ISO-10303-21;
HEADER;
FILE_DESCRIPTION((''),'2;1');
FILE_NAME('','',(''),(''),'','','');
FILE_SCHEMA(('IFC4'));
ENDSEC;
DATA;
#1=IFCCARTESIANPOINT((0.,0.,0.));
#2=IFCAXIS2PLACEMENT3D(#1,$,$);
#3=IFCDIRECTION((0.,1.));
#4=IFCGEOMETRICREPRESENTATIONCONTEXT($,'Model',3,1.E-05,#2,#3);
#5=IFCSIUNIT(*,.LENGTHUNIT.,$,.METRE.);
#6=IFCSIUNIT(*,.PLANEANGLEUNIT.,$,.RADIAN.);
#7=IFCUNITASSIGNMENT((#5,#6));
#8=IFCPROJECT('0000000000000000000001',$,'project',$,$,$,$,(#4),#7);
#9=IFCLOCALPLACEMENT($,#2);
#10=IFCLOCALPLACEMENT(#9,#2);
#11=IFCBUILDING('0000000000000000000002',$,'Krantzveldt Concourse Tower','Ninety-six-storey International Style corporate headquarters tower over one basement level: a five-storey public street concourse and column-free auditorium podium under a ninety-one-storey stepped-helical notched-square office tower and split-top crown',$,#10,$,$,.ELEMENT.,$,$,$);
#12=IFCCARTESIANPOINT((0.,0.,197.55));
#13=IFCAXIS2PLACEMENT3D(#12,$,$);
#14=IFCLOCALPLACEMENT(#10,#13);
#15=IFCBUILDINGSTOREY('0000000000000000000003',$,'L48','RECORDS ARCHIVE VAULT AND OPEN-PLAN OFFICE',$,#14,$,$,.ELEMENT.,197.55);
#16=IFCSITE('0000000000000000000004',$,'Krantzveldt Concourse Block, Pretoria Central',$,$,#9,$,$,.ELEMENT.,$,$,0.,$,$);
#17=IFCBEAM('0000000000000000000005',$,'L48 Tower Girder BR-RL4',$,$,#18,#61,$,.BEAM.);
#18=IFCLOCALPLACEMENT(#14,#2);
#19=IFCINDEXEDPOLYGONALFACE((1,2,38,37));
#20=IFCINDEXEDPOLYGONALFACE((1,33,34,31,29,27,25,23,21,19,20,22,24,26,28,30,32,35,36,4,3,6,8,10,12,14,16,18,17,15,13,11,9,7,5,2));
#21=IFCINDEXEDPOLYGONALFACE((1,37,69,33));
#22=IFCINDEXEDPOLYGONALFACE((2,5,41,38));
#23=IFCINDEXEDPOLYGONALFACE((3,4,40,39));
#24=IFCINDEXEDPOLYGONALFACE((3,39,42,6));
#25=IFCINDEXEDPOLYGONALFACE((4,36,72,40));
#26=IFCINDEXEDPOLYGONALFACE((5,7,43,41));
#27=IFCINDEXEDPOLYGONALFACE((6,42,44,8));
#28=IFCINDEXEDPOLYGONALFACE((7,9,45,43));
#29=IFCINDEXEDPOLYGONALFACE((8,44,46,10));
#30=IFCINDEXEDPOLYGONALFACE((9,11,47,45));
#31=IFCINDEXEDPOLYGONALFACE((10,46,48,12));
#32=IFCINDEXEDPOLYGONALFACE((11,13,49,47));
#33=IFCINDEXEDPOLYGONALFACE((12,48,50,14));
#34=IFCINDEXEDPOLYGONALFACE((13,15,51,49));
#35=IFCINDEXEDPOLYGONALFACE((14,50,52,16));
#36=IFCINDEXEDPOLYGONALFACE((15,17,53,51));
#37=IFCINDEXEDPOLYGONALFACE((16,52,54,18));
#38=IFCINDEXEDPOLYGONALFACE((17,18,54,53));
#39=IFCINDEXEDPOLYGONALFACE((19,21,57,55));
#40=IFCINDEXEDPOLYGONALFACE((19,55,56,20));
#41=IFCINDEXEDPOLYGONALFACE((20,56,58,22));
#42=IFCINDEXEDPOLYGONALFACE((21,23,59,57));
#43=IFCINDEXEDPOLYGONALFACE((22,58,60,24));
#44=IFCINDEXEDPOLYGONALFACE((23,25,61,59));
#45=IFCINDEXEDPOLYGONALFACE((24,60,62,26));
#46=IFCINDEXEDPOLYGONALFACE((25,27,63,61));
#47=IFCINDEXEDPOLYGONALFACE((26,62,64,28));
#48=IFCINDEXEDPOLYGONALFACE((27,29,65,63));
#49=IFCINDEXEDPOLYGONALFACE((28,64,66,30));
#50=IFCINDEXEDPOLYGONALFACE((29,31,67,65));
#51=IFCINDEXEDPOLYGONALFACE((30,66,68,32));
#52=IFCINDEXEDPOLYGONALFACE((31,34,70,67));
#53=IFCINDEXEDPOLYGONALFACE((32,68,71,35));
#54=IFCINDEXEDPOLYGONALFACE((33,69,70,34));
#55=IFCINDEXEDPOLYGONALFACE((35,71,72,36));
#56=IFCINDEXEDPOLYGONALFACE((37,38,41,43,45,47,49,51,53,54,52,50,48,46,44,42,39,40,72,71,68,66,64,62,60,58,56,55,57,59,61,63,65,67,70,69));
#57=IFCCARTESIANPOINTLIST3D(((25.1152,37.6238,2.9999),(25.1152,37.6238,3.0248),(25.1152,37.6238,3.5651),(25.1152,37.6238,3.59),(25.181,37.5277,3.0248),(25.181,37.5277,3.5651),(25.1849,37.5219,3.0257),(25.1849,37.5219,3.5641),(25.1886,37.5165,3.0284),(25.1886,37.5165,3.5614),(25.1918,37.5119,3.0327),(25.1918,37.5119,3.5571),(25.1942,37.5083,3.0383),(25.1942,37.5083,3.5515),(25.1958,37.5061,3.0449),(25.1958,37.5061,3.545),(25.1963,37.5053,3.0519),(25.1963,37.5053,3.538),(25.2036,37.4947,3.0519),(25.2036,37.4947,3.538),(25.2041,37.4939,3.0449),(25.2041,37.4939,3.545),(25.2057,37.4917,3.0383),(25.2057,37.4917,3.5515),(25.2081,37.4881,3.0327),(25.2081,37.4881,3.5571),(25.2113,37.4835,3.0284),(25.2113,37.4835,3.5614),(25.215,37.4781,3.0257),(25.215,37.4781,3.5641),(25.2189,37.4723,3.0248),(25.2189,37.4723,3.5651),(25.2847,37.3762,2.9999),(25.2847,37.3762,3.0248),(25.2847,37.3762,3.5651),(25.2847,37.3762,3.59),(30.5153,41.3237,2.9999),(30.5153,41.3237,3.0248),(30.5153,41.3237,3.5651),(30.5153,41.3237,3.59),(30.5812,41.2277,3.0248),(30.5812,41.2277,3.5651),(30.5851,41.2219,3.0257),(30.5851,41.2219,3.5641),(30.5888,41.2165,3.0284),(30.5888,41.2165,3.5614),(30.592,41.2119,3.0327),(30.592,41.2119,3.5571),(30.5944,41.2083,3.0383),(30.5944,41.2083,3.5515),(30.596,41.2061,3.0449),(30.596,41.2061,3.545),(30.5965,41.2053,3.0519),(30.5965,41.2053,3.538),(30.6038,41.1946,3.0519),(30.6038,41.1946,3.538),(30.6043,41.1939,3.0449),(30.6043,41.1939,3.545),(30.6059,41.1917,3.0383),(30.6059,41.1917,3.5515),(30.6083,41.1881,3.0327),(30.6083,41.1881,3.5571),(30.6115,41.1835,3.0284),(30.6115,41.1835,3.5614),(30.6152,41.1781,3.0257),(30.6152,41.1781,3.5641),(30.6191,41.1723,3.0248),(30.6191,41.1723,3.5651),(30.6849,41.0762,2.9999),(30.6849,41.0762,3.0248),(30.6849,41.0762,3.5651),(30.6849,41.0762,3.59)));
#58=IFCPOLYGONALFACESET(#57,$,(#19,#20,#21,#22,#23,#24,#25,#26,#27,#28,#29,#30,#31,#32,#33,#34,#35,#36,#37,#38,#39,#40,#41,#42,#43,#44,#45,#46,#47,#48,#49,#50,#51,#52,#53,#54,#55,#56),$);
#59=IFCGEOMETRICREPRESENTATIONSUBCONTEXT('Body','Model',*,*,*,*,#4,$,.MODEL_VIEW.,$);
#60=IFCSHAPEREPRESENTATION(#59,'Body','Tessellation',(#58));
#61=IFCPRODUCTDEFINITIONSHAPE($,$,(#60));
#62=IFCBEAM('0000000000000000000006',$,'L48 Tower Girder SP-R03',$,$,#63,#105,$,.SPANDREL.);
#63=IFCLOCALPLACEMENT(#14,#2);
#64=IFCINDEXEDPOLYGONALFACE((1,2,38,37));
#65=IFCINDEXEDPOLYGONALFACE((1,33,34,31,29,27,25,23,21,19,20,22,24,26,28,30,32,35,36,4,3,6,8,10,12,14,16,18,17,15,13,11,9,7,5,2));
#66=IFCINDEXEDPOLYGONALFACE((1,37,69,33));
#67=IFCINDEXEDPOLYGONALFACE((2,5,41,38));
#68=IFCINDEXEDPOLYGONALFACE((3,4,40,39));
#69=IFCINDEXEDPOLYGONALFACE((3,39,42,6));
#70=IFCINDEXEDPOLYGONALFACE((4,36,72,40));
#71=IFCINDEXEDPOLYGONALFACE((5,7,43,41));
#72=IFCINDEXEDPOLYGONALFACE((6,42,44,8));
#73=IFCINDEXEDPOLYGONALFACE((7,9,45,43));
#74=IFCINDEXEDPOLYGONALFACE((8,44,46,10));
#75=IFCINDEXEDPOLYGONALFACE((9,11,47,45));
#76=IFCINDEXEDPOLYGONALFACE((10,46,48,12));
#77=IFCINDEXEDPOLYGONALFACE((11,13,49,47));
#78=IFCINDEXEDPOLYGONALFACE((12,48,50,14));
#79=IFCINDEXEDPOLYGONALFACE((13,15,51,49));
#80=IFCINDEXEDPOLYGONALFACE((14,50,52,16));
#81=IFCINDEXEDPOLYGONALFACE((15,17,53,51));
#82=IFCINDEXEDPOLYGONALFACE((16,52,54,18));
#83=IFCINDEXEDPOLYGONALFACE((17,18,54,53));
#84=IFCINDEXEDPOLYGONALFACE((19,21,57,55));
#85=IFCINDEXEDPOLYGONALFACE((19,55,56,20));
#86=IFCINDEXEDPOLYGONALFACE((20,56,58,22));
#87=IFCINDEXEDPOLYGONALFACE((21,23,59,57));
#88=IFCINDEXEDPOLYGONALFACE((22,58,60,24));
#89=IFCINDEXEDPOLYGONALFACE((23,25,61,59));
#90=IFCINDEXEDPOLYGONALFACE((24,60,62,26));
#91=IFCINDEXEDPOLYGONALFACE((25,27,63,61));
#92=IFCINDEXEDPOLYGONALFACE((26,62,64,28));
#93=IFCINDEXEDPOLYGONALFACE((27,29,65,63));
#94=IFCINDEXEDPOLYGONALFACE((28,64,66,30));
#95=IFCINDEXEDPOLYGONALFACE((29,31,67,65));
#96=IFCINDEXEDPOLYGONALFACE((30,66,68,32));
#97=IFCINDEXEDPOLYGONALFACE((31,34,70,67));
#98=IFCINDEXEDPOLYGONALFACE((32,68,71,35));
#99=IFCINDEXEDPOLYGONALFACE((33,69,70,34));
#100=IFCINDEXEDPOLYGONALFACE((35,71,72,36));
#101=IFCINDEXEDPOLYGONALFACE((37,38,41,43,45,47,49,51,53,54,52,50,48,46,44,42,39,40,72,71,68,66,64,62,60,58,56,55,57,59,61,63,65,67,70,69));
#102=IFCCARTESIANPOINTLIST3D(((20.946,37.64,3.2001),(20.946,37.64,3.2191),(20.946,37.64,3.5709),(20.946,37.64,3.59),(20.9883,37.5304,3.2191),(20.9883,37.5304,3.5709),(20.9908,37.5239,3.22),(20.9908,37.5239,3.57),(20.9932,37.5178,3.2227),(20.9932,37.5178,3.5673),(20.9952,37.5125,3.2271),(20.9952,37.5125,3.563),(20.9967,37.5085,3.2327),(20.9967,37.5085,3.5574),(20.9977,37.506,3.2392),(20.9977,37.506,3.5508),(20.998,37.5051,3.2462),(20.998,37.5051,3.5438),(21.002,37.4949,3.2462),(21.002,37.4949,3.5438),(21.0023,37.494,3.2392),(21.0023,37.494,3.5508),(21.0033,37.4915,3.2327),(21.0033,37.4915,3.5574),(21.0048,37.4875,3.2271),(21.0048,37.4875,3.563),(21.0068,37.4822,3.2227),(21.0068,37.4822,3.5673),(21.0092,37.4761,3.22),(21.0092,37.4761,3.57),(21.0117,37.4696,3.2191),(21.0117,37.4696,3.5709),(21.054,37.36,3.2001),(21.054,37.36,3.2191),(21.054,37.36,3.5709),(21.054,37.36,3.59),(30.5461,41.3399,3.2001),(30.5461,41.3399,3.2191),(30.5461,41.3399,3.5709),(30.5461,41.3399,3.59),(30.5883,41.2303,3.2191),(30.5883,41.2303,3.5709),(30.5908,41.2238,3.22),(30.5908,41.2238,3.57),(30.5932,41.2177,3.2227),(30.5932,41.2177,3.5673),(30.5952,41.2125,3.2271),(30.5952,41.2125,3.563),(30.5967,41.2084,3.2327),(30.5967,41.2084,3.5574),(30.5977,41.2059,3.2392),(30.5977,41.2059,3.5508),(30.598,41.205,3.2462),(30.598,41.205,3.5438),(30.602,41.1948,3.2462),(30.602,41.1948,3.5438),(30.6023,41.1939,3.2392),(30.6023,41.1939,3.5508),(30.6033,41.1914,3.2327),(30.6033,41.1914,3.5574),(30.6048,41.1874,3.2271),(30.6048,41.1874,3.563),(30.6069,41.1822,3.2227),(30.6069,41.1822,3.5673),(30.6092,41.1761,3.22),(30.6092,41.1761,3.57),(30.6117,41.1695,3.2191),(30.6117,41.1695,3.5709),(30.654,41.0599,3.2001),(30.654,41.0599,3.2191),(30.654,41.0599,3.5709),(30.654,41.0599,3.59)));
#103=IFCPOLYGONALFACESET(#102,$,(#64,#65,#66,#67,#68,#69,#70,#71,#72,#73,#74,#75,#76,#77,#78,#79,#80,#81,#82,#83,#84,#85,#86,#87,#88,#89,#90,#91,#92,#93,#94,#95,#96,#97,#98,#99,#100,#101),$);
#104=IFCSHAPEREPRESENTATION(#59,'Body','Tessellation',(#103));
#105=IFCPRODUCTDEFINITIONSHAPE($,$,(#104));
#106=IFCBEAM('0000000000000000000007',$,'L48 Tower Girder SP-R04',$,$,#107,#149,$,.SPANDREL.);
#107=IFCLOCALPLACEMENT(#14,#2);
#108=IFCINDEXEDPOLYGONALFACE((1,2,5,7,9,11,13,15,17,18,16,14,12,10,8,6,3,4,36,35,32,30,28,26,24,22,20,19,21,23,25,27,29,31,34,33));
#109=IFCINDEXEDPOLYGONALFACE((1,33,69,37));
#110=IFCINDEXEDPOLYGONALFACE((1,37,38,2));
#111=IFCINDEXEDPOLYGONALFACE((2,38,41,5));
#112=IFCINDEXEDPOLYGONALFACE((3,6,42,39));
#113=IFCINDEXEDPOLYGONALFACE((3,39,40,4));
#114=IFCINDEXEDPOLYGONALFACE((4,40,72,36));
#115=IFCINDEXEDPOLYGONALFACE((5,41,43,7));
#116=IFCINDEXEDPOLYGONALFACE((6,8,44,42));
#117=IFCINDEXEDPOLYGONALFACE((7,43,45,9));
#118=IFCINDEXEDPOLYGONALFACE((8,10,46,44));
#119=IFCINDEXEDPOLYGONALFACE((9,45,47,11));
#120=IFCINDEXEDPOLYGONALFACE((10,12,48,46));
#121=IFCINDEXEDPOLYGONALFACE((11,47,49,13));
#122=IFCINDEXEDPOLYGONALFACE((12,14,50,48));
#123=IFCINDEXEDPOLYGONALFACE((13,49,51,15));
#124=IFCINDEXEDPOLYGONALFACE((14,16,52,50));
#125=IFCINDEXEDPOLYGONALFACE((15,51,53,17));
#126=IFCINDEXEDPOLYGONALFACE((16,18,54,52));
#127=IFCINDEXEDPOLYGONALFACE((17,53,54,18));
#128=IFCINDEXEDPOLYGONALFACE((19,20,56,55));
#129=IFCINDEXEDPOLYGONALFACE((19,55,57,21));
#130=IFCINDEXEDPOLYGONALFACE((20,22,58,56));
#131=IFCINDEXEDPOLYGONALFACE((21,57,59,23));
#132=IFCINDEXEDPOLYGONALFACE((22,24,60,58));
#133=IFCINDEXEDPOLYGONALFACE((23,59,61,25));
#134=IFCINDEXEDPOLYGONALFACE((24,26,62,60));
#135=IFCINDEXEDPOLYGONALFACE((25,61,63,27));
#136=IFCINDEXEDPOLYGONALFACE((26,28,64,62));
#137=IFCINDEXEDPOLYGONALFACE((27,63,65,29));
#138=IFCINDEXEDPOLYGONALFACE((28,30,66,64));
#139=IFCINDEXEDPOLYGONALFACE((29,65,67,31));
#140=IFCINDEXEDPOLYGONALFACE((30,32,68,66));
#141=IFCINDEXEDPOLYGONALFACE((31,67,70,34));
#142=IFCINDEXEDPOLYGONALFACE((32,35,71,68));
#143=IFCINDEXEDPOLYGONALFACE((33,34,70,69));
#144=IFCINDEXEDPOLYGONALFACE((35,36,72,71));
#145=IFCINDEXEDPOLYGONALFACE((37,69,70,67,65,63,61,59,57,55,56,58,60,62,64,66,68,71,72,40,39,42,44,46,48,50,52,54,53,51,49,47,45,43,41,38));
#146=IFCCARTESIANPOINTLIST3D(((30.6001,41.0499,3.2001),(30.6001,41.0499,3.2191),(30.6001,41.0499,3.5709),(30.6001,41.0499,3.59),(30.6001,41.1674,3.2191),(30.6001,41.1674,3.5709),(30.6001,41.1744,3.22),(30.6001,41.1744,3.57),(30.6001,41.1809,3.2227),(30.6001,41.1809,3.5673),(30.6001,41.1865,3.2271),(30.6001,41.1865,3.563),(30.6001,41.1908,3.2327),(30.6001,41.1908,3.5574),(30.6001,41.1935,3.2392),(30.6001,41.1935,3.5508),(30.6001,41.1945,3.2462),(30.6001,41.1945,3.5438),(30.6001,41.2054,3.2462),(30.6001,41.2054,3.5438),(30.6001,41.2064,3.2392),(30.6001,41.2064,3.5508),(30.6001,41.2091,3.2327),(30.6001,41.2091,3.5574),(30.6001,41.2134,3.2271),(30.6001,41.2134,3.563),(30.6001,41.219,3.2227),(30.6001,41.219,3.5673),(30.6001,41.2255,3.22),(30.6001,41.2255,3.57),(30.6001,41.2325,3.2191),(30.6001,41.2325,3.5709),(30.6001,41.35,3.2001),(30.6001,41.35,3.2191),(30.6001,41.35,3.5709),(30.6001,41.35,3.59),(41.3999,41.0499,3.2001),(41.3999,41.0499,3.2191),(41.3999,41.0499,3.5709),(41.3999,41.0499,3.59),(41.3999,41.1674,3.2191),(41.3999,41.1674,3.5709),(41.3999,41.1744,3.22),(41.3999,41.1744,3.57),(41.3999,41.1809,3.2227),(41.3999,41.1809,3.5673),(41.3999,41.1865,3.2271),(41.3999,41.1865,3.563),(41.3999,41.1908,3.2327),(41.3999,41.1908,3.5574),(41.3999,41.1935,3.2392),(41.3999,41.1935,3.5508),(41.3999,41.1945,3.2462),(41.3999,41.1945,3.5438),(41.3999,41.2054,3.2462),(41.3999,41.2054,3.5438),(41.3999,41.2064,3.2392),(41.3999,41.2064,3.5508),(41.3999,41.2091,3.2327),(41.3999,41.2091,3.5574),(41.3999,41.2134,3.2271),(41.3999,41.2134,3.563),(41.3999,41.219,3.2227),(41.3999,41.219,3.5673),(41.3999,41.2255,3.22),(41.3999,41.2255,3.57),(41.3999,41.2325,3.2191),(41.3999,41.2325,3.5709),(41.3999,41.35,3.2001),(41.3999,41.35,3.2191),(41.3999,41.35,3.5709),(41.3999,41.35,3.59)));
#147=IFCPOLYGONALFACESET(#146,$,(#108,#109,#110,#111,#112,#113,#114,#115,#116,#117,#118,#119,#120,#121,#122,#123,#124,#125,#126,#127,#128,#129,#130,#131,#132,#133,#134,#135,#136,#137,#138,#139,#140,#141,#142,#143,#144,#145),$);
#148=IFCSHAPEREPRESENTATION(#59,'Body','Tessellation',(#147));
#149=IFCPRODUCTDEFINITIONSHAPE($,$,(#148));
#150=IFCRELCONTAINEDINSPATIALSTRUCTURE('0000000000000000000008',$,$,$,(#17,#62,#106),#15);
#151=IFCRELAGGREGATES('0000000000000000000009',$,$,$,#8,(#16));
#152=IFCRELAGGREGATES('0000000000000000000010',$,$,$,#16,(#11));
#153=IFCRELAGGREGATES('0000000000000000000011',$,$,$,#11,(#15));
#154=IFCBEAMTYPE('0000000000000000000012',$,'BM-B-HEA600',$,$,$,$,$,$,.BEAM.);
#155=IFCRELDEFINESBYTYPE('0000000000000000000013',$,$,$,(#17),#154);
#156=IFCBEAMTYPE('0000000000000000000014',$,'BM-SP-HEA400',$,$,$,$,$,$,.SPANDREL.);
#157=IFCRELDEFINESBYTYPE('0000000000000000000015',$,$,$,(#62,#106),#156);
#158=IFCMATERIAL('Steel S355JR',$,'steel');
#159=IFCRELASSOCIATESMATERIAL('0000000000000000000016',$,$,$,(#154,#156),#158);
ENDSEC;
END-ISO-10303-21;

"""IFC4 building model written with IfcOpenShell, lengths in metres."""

from ifc_helpers import new_model, si_unit, direction, frame, origin, origin_2d, place, context, subcontext, project, spatial, i_section, extrude, source, transform, mapped, material, material_profile, profile_set, type_object, type_shapes, element, save


model = new_model("IFC4")

# Units and contexts
model_context = context("Model", 3, precision=1e-05, world=origin(), true_north=direction((0.0, 1.0)))
body_context = subcontext(model_context, "Body", "Model", "MODEL_VIEW")
ifc_project = project(units=[si_unit("LENGTHUNIT", "METRE"), si_unit("PLANEANGLEUNIT", "RADIAN")], contexts=[model_context])

# Site, building, storey
site_placement = place(None, origin())
site = spatial("IfcSite", under=ifc_project, at=site_placement, Name="Krantzveldt Concourse Block, Pretoria Central", CompositionType="ELEMENT", RefElevation=0.0)
building_placement = place(site_placement, origin())
building = spatial("IfcBuilding", under=site, at=building_placement, Name="Krantzveldt Concourse Tower", Description="Ninety-six-storey International Style corporate headquarters tower over one basement level: a five-storey public street concourse and column-free auditorium podium under a ninety-one-storey stepped-helical notched-square office tower and split-top crown", CompositionType="ELEMENT")
storey_placement = place(building_placement, frame((0.0, 0.0, 197.55)))
storey = spatial("IfcBuildingStorey", under=building, at=storey_placement, Name="L48", Description="RECORDS ARCHIVE VAULT AND OPEN-PLAN OFFICE", CompositionType="ELEMENT", Elevation=197.55)

# Beams
ifc_material_1 = material(Name="Steel S355JR", Category="steel")
ifc_material_profile_1 = material_profile(ifc_material_1, i_section(OverallWidth=0.3, OverallDepth=0.5901, WebThickness=0.0129, FlangeThickness=0.0249, FilletRadius=0.0271, at=origin_2d()), Name="Steel S355JR", Category="steel")
ifc_profile_set_1 = profile_set([ifc_material_profile_1], Name="Steel S355JR - HEA 600")
beam_type_1 = type_object("IfcBeamType", Name="BM-B-HEA600", PredefinedType="BEAM", material=ifc_profile_set_1)
shared_shape_1 = source(origin(), body_context, "Body", "SweptSolid", [
    extrude(i_section(OverallWidth=0.3, OverallDepth=0.5901, WebThickness=0.0129, FlangeThickness=0.0249, FilletRadius=0.0271, at=origin_2d()), origin(), (0.0, 0.0, 1.0), 6.5461),
])
beam_1_placement = place(storey_placement, frame((25.2, 37.5, 3.2949), z_axis=(0.824943, 0.565216, 0.0), x_axis=(-0.565216, 0.824943, 0.0)))
element("IfcBeam", 1, at=beam_1_placement, inside=storey, type_object=beam_type_1, Name="L48 Tower Girder BR-RL4", PredefinedType="BEAM", context=body_context, shape_type="MappedRepresentation", body=[
    mapped(shared_shape_1, transform((0.0, 0.0, 0.0), x_axis=(1.0, 0.0, 0.0), y_axis=(0.0, 1.0, 0.0), z_axis=(0.0, 0.0, 1.0), scale=1.0)),
])
ifc_material_profile_2 = material_profile(ifc_material_1, i_section(OverallWidth=0.3, OverallDepth=0.3899, WebThickness=0.011, FlangeThickness=0.019, FilletRadius=0.0271, at=origin_2d()), Name="Steel S355JR", Category="steel")
ifc_profile_set_2 = profile_set([ifc_material_profile_2], Name="Steel S355JR - HEA 400")
beam_type_2 = type_object("IfcBeamType", Name="BM-SP-HEA400", PredefinedType="SPANDREL", material=ifc_profile_set_2)
shared_shape_2 = source(origin(), body_context, "Body", "SweptSolid", [
    extrude(i_section(OverallWidth=0.3, OverallDepth=0.3899, WebThickness=0.011, FlangeThickness=0.019, FilletRadius=0.0271, at=origin_2d()), origin(), (0.0, 0.0, 1.0), 10.2883),
])
beam_2_placement = place(storey_placement, frame((21.0, 37.5, 3.395), z_axis=(0.933098, 0.359623, 0.0), x_axis=(-0.359623, 0.933098, 0.0)))
element("IfcBeam", 2, at=beam_2_placement, inside=storey, type_object=beam_type_2, Name="L48 Tower Girder SP-R03", PredefinedType="SPANDREL", context=body_context, shape_type="MappedRepresentation", body=[
    mapped(shared_shape_2, transform((0.0, 0.0, 0.0), x_axis=(1.0, 0.0, 0.0), y_axis=(0.0, 1.0, 0.0), z_axis=(0.0, 0.0, 1.0), scale=1.0)),
])
shared_shape_3 = source(origin(), body_context, "Body", "SweptSolid", [
    extrude(i_section(OverallWidth=0.3, OverallDepth=0.3899, WebThickness=0.011, FlangeThickness=0.019, FilletRadius=0.0271, at=origin_2d()), origin(), (0.0, 0.0, 1.0), 10.7998),
])
type_shapes(beam_type_2, [shared_shape_2, shared_shape_3])
beam_3_placement = place(storey_placement, frame((30.6001, 41.2, 3.395), z_axis=(1.0, 0.0, 0.0), x_axis=(0.0, 1.0, 0.0)))
element("IfcBeam", 3, at=beam_3_placement, inside=storey, type_object=beam_type_2, Name="L48 Tower Girder SP-R04", PredefinedType="SPANDREL", context=body_context, shape_type="MappedRepresentation", body=[
    mapped(shared_shape_3, transform((0.0, 0.0, 0.0), x_axis=(1.0, 0.0, 0.0), y_axis=(0.0, 1.0, 0.0), z_axis=(0.0, 0.0, 1.0), scale=1.0)),
])

save(model, "model.ifc")
